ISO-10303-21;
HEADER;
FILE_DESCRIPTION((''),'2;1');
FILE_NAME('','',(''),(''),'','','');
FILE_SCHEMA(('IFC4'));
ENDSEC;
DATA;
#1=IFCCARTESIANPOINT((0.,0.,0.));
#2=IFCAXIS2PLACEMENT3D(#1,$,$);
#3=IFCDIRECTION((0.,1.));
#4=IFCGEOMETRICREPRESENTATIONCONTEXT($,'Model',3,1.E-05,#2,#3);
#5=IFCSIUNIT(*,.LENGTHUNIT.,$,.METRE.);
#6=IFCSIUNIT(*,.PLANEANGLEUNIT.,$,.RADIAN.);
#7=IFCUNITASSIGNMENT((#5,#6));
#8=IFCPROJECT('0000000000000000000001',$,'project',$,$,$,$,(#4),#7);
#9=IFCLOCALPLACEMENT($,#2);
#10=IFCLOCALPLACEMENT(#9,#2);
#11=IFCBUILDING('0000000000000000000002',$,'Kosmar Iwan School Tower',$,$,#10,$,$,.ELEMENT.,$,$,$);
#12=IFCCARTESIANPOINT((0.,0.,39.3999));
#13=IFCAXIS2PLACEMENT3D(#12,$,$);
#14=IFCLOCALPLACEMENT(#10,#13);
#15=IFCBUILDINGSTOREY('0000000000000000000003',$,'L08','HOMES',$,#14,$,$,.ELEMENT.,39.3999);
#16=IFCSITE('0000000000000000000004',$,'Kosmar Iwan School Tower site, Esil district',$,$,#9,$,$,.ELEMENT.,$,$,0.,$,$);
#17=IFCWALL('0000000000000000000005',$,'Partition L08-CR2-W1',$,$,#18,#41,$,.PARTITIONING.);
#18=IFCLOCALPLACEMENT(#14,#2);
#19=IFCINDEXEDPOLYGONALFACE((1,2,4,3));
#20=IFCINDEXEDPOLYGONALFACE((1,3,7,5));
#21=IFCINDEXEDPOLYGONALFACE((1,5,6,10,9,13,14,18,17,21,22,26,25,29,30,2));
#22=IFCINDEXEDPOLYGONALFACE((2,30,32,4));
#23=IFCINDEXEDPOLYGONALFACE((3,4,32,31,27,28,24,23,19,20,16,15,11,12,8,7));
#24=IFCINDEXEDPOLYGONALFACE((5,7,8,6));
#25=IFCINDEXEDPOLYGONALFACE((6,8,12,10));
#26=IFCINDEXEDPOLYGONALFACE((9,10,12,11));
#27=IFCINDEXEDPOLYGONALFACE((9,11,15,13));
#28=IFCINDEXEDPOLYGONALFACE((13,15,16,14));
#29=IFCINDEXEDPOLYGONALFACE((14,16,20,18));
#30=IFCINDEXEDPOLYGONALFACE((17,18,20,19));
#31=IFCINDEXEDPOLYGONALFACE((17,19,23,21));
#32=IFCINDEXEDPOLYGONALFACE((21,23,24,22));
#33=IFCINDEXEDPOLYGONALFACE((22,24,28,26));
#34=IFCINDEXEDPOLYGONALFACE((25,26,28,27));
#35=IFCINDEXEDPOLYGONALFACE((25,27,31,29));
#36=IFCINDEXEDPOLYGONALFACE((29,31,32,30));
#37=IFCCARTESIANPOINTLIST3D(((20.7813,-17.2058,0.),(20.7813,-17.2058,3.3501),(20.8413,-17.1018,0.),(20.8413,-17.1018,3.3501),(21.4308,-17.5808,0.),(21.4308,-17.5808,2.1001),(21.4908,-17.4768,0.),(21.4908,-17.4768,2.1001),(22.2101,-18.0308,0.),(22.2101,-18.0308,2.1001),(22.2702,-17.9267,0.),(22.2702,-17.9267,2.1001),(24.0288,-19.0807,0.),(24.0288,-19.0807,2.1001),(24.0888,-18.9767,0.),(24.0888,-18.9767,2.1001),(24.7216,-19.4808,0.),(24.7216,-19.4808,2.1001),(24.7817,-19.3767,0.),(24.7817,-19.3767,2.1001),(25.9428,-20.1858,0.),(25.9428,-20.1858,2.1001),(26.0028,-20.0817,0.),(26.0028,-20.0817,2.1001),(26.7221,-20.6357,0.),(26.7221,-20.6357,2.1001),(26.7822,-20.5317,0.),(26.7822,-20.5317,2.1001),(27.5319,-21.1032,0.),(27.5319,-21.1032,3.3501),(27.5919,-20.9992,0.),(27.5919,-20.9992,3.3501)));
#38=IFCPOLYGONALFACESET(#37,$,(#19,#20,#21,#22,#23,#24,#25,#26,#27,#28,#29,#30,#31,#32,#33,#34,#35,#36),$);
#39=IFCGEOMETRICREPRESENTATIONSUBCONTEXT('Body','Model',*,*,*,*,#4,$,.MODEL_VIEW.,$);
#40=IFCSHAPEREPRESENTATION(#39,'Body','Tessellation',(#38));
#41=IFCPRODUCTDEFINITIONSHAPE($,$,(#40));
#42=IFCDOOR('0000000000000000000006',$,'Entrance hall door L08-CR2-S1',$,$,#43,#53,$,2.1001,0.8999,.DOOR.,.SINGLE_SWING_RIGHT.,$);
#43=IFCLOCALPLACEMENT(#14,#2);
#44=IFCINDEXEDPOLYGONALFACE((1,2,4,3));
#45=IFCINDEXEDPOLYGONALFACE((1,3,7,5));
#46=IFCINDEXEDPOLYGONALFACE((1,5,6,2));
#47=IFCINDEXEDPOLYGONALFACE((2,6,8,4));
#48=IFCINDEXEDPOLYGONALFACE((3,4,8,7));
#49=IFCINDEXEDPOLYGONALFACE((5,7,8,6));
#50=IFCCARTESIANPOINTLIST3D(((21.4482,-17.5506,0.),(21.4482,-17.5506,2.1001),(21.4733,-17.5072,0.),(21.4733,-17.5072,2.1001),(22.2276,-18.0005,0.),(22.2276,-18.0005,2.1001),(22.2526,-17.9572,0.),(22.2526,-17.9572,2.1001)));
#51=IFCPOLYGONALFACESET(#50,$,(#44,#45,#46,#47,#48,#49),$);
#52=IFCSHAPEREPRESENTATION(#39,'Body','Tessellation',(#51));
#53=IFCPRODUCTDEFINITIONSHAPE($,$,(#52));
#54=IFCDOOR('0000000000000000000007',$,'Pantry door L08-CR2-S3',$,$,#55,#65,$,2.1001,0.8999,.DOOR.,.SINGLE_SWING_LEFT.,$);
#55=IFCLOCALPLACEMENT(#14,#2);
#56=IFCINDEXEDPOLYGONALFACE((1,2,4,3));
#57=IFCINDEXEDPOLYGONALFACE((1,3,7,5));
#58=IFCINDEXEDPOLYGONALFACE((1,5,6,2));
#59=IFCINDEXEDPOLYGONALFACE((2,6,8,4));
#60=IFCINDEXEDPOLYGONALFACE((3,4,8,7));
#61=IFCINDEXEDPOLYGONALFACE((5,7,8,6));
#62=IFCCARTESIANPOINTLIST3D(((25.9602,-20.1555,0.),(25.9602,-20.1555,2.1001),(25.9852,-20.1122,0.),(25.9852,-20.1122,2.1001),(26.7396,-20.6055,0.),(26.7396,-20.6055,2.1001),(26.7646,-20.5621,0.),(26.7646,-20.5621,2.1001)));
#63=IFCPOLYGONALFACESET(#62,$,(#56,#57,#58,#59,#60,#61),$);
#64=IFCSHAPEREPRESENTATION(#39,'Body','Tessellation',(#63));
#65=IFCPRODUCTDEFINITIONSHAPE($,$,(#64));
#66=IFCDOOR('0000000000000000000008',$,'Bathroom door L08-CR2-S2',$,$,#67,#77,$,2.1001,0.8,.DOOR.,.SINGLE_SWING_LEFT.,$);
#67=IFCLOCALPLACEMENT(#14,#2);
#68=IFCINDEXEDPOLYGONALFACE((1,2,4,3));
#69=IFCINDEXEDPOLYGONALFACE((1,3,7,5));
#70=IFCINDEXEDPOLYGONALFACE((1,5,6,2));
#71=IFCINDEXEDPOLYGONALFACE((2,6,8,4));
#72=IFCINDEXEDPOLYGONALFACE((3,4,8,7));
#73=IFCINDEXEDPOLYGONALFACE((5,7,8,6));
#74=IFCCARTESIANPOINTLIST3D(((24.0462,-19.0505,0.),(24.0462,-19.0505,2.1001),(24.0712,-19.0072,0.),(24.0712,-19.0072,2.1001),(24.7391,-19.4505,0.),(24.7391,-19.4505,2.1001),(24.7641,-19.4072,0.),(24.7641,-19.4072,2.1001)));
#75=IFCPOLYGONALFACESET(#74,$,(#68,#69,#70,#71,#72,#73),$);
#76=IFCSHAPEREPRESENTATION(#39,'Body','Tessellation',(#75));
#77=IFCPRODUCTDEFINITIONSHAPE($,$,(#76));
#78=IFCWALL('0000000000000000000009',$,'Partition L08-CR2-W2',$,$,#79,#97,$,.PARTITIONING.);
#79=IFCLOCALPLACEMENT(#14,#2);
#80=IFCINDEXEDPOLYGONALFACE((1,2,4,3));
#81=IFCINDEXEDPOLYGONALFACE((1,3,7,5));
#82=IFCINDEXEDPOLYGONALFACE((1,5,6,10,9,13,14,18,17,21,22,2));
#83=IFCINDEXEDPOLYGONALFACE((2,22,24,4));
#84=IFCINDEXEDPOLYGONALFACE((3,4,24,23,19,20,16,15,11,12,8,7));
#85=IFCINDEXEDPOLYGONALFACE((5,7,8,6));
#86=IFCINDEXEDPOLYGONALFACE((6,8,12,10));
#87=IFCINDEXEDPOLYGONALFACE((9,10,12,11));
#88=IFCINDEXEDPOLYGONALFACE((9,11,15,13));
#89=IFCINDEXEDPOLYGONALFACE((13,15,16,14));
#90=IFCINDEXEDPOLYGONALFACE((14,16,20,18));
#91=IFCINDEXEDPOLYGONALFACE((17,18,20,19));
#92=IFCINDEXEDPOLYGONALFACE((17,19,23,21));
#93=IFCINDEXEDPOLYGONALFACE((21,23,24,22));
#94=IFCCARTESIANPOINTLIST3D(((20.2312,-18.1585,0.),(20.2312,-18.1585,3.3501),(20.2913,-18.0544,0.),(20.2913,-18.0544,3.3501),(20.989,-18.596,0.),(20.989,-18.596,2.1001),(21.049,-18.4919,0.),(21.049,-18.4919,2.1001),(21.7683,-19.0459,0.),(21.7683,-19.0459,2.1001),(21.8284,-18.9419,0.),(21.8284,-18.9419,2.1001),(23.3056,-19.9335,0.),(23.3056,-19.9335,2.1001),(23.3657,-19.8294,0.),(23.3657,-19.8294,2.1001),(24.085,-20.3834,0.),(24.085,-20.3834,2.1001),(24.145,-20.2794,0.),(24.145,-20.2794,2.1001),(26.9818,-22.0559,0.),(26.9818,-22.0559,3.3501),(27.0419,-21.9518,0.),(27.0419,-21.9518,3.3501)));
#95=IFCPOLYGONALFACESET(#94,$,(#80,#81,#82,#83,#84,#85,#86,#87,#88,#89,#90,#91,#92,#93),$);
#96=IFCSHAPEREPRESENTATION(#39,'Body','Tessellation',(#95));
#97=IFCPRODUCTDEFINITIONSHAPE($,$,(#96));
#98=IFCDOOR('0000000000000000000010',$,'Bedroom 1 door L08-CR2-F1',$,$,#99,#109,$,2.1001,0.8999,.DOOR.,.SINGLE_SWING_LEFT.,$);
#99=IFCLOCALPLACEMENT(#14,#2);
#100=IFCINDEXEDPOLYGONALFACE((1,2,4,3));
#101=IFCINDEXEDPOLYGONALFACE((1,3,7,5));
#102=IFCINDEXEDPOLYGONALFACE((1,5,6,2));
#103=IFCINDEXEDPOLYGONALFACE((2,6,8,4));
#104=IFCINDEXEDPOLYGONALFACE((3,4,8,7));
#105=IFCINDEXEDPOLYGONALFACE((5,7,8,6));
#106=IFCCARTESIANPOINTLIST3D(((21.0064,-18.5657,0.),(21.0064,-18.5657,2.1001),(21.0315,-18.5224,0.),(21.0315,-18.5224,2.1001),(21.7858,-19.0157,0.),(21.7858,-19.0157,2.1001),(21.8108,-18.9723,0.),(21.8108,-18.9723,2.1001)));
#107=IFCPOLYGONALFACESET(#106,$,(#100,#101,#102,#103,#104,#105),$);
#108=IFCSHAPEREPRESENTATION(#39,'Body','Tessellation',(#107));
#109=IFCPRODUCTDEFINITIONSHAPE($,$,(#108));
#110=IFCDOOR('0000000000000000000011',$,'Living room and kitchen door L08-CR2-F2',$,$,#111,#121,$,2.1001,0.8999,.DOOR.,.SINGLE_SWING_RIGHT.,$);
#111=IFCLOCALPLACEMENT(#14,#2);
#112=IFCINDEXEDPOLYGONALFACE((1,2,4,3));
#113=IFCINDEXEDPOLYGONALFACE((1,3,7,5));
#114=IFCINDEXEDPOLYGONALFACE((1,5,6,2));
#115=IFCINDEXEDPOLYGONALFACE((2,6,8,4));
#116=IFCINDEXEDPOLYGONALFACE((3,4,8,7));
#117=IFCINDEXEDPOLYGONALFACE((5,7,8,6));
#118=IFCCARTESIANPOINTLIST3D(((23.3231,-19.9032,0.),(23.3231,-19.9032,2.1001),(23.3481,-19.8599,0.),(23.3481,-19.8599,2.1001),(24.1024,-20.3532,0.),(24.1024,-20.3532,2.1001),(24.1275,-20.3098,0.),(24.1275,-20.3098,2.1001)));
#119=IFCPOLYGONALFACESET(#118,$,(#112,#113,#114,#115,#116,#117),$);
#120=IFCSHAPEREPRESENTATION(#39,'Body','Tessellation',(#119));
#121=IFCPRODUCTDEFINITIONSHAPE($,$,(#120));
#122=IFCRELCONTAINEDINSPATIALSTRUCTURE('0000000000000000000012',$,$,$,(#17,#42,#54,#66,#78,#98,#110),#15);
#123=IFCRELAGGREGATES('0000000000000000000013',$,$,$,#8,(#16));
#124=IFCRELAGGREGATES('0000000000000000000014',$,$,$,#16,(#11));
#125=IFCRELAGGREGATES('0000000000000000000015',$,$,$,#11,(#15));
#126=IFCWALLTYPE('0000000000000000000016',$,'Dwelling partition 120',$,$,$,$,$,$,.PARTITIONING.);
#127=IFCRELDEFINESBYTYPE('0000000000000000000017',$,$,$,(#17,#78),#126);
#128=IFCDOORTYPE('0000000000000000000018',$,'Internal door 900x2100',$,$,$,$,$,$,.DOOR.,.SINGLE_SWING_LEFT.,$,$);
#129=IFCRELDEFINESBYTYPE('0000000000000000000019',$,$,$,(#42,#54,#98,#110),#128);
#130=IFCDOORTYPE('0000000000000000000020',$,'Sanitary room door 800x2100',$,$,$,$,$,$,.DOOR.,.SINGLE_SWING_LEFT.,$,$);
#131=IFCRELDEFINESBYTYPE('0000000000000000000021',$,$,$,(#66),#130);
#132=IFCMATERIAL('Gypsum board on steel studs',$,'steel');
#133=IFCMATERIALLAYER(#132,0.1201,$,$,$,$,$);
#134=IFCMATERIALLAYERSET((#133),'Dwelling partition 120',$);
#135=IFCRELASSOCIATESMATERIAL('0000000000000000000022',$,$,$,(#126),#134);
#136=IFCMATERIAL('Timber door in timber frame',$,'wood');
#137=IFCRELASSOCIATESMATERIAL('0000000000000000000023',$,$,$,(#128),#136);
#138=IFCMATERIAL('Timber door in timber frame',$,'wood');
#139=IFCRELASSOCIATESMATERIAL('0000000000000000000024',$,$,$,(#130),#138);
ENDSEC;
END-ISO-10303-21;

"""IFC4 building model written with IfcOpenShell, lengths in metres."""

from ifc_helpers import new_model, si_unit, direction, frame, frame_2d, origin, place, context, subcontext, project, spatial, rectangle, extrude, material, layer, layer_set, type_object, element, fill, save


model = new_model("IFC4")

# Units and contexts
model_context = context("Model", 3, precision=1e-05, world=origin(), true_north=direction((0.0, 1.0)))
body_context = subcontext(model_context, "Body", "Model", "MODEL_VIEW")
ifc_project = project(units=[si_unit("LENGTHUNIT", "METRE"), si_unit("PLANEANGLEUNIT", "RADIAN")], contexts=[model_context])

# Site, building, storey
site_placement = place(None, origin())
site = spatial("IfcSite", under=ifc_project, at=site_placement, Name="Kosmar Iwan School Tower site, Esil district", CompositionType="ELEMENT", RefElevation=0.0)
building_placement = place(site_placement, origin())
building = spatial("IfcBuilding", under=site, at=building_placement, Name="Kosmar Iwan School Tower", CompositionType="ELEMENT")
storey_placement = place(building_placement, frame((0.0, 0.0, 39.3999)))
storey = spatial("IfcBuildingStorey", under=building, at=storey_placement, Name="L08", Description="HOMES", CompositionType="ELEMENT", Elevation=39.3999)

# Walls, openings, doors
ifc_material_1 = material(Name="Gypsum board on steel studs", Category="steel")
ifc_layer = layer(ifc_material_1, 0.1201)
ifc_layer_set = layer_set([ifc_layer], Name="Dwelling partition 120")
wall_type = type_object("IfcWallType", Name="Dwelling partition 120", PredefinedType="PARTITIONING", material=ifc_layer_set)
wall_1_placement = place(storey_placement, frame((20.8113, -17.1538, 0.0), z_axis=(0.0, 0.0, 1.0), x_axis=(0.86603, -0.499993, 0.0)))
wall_1 = element("IfcWall", 1, at=wall_1_placement, inside=storey, type_object=wall_type, Name="Partition L08-CR2-W1", PredefinedType="PARTITIONING", context=body_context, shape_type="SweptSolid", body=[
    extrude(rectangle(XDim=7.7949, YDim=0.1201, at=frame_2d((3.8975, 0.0))), origin(), (0.0, 0.0, 1.0), 3.3501),
])
opening_1_placement = place(wall_1_placement, frame((0.75, 0.0, 0.0)))
opening_1 = element("IfcOpeningElement", 2, at=opening_1_placement, cuts=wall_1, PredefinedType="OPENING", context=body_context, shape_type="SweptSolid", body=[
    extrude(rectangle(XDim=0.8999, YDim=2.1001, at=frame_2d((0.45, 1.05))), frame((0.0, 0.072, 0.0), z_axis=(0.0, -1.0, 0.0), x_axis=(1.0, 0.0, 0.0)), (0.0, 0.0, 1.0), 0.144),
])
opening_2_placement = place(wall_1_placement, frame((3.75, 0.0, 0.0)))
opening_2 = element("IfcOpeningElement", 3, at=opening_2_placement, cuts=wall_1, PredefinedType="OPENING", context=body_context, shape_type="SweptSolid", body=[
    extrude(rectangle(XDim=0.8, YDim=2.1001, at=frame_2d((0.3999, 1.05))), frame((0.0, 0.072, 0.0), z_axis=(0.0, -1.0, 0.0), x_axis=(1.0, 0.0, 0.0)), (0.0, 0.0, 1.0), 0.144),
])
opening_3_placement = place(wall_1_placement, frame((5.96, 0.0, 0.0)))
opening_3 = element("IfcOpeningElement", 4, at=opening_3_placement, cuts=wall_1, PredefinedType="OPENING", context=body_context, shape_type="SweptSolid", body=[
    extrude(rectangle(XDim=0.8999, YDim=2.1001, at=frame_2d((0.45, 1.05))), frame((0.0, 0.072, 0.0), z_axis=(0.0, -1.0, 0.0), x_axis=(1.0, 0.0, 0.0)), (0.0, 0.0, 1.0), 0.144),
])
ifc_material_2 = material(Name="Timber door in timber frame", Category="wood")
door_type_1 = type_object("IfcDoorType", Name="Internal door 900x2100", OperationType="SINGLE_SWING_LEFT", PredefinedType="DOOR", material=ifc_material_2)
door_1_placement = place(opening_1_placement, origin())
door_1 = element("IfcDoor", 5, at=door_1_placement, inside=storey, type_object=door_type_1, Name="Entrance hall door L08-CR2-S1", OperationType="SINGLE_SWING_RIGHT", OverallHeight=2.1001, OverallWidth=0.8999, PredefinedType="DOOR", context=body_context, shape_type="SweptSolid", body=[
    extrude(rectangle(XDim=0.8999, YDim=2.1001, at=frame_2d((0.45, 1.05))), frame((0.0, 0.0249, 0.0), z_axis=(0.0, -1.0, 0.0), x_axis=(1.0, 0.0, 0.0)), (0.0, 0.0, 1.0), 0.05),
])
fill(opening_1, door_1)
door_2_placement = place(opening_3_placement, origin())
door_2 = element("IfcDoor", 6, at=door_2_placement, inside=storey, type_object=door_type_1, Name="Pantry door L08-CR2-S3", OperationType="SINGLE_SWING_LEFT", OverallHeight=2.1001, OverallWidth=0.8999, PredefinedType="DOOR", context=body_context, shape_type="SweptSolid", body=[
    extrude(rectangle(XDim=0.8999, YDim=2.1001, at=frame_2d((0.45, 1.05))), frame((0.0, 0.0249, 0.0), z_axis=(0.0, -1.0, 0.0), x_axis=(1.0, 0.0, 0.0)), (0.0, 0.0, 1.0), 0.05),
])
fill(opening_3, door_2)
ifc_material_3 = material(Name="Timber door in timber frame", Category="wood")
door_type_2 = type_object("IfcDoorType", Name="Sanitary room door 800x2100", OperationType="SINGLE_SWING_LEFT", PredefinedType="DOOR", material=ifc_material_3)
door_3_placement = place(opening_2_placement, origin())
door_3 = element("IfcDoor", 7, at=door_3_placement, inside=storey, type_object=door_type_2, Name="Bathroom door L08-CR2-S2", OperationType="SINGLE_SWING_LEFT", OverallHeight=2.1001, OverallWidth=0.8, PredefinedType="DOOR", context=body_context, shape_type="SweptSolid", body=[
    extrude(rectangle(XDim=0.8, YDim=2.1001, at=frame_2d((0.3999, 1.05))), frame((0.0, 0.0249, 0.0), z_axis=(0.0, -1.0, 0.0), x_axis=(1.0, 0.0, 0.0)), (0.0, 0.0, 1.0), 0.05),
])
fill(opening_2, door_3)
wall_2_placement = place(storey_placement, frame((20.2612, -18.1064, 0.0), z_axis=(0.0, 0.0, 1.0), x_axis=(0.86603, -0.499993, 0.0)))
wall_2 = element("IfcWall", 8, at=wall_2_placement, inside=storey, type_object=wall_type, Name="Partition L08-CR2-W2", PredefinedType="PARTITIONING", context=body_context, shape_type="SweptSolid", body=[
    extrude(rectangle(XDim=7.7949, YDim=0.1201, at=frame_2d((3.8975, 0.0))), origin(), (0.0, 0.0, 1.0), 3.3501),
])
opening_4_placement = place(wall_2_placement, frame((0.875, 0.0, 0.0)))
opening_4 = element("IfcOpeningElement", 9, at=opening_4_placement, cuts=wall_2, PredefinedType="OPENING", context=body_context, shape_type="SweptSolid", body=[
    extrude(rectangle(XDim=0.8999, YDim=2.1001, at=frame_2d((0.45, 1.05))), frame((0.0, 0.072, 0.0), z_axis=(0.0, -1.0, 0.0), x_axis=(1.0, 0.0, 0.0)), (0.0, 0.0, 1.0), 0.144),
])
opening_5_placement = place(wall_2_placement, frame((3.55, 0.0, 0.0)))
opening_5 = element("IfcOpeningElement", 10, at=opening_5_placement, cuts=wall_2, PredefinedType="OPENING", context=body_context, shape_type="SweptSolid", body=[
    extrude(rectangle(XDim=0.8999, YDim=2.1001, at=frame_2d((0.45, 1.05))), frame((0.0, 0.072, 0.0), z_axis=(0.0, -1.0, 0.0), x_axis=(1.0, 0.0, 0.0)), (0.0, 0.0, 1.0), 0.144),
])
door_4_placement = place(opening_4_placement, origin())
door_4 = element("IfcDoor", 11, at=door_4_placement, inside=storey, type_object=door_type_1, Name="Bedroom 1 door L08-CR2-F1", OperationType="SINGLE_SWING_LEFT", OverallHeight=2.1001, OverallWidth=0.8999, PredefinedType="DOOR", context=body_context, shape_type="SweptSolid", body=[
    extrude(rectangle(XDim=0.8999, YDim=2.1001, at=frame_2d((0.45, 1.05))), frame((0.0, 0.0249, 0.0), z_axis=(0.0, -1.0, 0.0), x_axis=(1.0, 0.0, 0.0)), (0.0, 0.0, 1.0), 0.05),
])
fill(opening_4, door_4)
door_5_placement = place(opening_5_placement, origin())
door_5 = element("IfcDoor", 12, at=door_5_placement, inside=storey, type_object=door_type_1, Name="Living room and kitchen door L08-CR2-F2", OperationType="SINGLE_SWING_RIGHT", OverallHeight=2.1001, OverallWidth=0.8999, PredefinedType="DOOR", context=body_context, shape_type="SweptSolid", body=[
    extrude(rectangle(XDim=0.8999, YDim=2.1001, at=frame_2d((0.45, 1.05))), frame((0.0, 0.0249, 0.0), z_axis=(0.0, -1.0, 0.0), x_axis=(1.0, 0.0, 0.0)), (0.0, 0.0, 1.0), 0.05),
])
fill(opening_5, door_5)

save(model, "model.ifc")
